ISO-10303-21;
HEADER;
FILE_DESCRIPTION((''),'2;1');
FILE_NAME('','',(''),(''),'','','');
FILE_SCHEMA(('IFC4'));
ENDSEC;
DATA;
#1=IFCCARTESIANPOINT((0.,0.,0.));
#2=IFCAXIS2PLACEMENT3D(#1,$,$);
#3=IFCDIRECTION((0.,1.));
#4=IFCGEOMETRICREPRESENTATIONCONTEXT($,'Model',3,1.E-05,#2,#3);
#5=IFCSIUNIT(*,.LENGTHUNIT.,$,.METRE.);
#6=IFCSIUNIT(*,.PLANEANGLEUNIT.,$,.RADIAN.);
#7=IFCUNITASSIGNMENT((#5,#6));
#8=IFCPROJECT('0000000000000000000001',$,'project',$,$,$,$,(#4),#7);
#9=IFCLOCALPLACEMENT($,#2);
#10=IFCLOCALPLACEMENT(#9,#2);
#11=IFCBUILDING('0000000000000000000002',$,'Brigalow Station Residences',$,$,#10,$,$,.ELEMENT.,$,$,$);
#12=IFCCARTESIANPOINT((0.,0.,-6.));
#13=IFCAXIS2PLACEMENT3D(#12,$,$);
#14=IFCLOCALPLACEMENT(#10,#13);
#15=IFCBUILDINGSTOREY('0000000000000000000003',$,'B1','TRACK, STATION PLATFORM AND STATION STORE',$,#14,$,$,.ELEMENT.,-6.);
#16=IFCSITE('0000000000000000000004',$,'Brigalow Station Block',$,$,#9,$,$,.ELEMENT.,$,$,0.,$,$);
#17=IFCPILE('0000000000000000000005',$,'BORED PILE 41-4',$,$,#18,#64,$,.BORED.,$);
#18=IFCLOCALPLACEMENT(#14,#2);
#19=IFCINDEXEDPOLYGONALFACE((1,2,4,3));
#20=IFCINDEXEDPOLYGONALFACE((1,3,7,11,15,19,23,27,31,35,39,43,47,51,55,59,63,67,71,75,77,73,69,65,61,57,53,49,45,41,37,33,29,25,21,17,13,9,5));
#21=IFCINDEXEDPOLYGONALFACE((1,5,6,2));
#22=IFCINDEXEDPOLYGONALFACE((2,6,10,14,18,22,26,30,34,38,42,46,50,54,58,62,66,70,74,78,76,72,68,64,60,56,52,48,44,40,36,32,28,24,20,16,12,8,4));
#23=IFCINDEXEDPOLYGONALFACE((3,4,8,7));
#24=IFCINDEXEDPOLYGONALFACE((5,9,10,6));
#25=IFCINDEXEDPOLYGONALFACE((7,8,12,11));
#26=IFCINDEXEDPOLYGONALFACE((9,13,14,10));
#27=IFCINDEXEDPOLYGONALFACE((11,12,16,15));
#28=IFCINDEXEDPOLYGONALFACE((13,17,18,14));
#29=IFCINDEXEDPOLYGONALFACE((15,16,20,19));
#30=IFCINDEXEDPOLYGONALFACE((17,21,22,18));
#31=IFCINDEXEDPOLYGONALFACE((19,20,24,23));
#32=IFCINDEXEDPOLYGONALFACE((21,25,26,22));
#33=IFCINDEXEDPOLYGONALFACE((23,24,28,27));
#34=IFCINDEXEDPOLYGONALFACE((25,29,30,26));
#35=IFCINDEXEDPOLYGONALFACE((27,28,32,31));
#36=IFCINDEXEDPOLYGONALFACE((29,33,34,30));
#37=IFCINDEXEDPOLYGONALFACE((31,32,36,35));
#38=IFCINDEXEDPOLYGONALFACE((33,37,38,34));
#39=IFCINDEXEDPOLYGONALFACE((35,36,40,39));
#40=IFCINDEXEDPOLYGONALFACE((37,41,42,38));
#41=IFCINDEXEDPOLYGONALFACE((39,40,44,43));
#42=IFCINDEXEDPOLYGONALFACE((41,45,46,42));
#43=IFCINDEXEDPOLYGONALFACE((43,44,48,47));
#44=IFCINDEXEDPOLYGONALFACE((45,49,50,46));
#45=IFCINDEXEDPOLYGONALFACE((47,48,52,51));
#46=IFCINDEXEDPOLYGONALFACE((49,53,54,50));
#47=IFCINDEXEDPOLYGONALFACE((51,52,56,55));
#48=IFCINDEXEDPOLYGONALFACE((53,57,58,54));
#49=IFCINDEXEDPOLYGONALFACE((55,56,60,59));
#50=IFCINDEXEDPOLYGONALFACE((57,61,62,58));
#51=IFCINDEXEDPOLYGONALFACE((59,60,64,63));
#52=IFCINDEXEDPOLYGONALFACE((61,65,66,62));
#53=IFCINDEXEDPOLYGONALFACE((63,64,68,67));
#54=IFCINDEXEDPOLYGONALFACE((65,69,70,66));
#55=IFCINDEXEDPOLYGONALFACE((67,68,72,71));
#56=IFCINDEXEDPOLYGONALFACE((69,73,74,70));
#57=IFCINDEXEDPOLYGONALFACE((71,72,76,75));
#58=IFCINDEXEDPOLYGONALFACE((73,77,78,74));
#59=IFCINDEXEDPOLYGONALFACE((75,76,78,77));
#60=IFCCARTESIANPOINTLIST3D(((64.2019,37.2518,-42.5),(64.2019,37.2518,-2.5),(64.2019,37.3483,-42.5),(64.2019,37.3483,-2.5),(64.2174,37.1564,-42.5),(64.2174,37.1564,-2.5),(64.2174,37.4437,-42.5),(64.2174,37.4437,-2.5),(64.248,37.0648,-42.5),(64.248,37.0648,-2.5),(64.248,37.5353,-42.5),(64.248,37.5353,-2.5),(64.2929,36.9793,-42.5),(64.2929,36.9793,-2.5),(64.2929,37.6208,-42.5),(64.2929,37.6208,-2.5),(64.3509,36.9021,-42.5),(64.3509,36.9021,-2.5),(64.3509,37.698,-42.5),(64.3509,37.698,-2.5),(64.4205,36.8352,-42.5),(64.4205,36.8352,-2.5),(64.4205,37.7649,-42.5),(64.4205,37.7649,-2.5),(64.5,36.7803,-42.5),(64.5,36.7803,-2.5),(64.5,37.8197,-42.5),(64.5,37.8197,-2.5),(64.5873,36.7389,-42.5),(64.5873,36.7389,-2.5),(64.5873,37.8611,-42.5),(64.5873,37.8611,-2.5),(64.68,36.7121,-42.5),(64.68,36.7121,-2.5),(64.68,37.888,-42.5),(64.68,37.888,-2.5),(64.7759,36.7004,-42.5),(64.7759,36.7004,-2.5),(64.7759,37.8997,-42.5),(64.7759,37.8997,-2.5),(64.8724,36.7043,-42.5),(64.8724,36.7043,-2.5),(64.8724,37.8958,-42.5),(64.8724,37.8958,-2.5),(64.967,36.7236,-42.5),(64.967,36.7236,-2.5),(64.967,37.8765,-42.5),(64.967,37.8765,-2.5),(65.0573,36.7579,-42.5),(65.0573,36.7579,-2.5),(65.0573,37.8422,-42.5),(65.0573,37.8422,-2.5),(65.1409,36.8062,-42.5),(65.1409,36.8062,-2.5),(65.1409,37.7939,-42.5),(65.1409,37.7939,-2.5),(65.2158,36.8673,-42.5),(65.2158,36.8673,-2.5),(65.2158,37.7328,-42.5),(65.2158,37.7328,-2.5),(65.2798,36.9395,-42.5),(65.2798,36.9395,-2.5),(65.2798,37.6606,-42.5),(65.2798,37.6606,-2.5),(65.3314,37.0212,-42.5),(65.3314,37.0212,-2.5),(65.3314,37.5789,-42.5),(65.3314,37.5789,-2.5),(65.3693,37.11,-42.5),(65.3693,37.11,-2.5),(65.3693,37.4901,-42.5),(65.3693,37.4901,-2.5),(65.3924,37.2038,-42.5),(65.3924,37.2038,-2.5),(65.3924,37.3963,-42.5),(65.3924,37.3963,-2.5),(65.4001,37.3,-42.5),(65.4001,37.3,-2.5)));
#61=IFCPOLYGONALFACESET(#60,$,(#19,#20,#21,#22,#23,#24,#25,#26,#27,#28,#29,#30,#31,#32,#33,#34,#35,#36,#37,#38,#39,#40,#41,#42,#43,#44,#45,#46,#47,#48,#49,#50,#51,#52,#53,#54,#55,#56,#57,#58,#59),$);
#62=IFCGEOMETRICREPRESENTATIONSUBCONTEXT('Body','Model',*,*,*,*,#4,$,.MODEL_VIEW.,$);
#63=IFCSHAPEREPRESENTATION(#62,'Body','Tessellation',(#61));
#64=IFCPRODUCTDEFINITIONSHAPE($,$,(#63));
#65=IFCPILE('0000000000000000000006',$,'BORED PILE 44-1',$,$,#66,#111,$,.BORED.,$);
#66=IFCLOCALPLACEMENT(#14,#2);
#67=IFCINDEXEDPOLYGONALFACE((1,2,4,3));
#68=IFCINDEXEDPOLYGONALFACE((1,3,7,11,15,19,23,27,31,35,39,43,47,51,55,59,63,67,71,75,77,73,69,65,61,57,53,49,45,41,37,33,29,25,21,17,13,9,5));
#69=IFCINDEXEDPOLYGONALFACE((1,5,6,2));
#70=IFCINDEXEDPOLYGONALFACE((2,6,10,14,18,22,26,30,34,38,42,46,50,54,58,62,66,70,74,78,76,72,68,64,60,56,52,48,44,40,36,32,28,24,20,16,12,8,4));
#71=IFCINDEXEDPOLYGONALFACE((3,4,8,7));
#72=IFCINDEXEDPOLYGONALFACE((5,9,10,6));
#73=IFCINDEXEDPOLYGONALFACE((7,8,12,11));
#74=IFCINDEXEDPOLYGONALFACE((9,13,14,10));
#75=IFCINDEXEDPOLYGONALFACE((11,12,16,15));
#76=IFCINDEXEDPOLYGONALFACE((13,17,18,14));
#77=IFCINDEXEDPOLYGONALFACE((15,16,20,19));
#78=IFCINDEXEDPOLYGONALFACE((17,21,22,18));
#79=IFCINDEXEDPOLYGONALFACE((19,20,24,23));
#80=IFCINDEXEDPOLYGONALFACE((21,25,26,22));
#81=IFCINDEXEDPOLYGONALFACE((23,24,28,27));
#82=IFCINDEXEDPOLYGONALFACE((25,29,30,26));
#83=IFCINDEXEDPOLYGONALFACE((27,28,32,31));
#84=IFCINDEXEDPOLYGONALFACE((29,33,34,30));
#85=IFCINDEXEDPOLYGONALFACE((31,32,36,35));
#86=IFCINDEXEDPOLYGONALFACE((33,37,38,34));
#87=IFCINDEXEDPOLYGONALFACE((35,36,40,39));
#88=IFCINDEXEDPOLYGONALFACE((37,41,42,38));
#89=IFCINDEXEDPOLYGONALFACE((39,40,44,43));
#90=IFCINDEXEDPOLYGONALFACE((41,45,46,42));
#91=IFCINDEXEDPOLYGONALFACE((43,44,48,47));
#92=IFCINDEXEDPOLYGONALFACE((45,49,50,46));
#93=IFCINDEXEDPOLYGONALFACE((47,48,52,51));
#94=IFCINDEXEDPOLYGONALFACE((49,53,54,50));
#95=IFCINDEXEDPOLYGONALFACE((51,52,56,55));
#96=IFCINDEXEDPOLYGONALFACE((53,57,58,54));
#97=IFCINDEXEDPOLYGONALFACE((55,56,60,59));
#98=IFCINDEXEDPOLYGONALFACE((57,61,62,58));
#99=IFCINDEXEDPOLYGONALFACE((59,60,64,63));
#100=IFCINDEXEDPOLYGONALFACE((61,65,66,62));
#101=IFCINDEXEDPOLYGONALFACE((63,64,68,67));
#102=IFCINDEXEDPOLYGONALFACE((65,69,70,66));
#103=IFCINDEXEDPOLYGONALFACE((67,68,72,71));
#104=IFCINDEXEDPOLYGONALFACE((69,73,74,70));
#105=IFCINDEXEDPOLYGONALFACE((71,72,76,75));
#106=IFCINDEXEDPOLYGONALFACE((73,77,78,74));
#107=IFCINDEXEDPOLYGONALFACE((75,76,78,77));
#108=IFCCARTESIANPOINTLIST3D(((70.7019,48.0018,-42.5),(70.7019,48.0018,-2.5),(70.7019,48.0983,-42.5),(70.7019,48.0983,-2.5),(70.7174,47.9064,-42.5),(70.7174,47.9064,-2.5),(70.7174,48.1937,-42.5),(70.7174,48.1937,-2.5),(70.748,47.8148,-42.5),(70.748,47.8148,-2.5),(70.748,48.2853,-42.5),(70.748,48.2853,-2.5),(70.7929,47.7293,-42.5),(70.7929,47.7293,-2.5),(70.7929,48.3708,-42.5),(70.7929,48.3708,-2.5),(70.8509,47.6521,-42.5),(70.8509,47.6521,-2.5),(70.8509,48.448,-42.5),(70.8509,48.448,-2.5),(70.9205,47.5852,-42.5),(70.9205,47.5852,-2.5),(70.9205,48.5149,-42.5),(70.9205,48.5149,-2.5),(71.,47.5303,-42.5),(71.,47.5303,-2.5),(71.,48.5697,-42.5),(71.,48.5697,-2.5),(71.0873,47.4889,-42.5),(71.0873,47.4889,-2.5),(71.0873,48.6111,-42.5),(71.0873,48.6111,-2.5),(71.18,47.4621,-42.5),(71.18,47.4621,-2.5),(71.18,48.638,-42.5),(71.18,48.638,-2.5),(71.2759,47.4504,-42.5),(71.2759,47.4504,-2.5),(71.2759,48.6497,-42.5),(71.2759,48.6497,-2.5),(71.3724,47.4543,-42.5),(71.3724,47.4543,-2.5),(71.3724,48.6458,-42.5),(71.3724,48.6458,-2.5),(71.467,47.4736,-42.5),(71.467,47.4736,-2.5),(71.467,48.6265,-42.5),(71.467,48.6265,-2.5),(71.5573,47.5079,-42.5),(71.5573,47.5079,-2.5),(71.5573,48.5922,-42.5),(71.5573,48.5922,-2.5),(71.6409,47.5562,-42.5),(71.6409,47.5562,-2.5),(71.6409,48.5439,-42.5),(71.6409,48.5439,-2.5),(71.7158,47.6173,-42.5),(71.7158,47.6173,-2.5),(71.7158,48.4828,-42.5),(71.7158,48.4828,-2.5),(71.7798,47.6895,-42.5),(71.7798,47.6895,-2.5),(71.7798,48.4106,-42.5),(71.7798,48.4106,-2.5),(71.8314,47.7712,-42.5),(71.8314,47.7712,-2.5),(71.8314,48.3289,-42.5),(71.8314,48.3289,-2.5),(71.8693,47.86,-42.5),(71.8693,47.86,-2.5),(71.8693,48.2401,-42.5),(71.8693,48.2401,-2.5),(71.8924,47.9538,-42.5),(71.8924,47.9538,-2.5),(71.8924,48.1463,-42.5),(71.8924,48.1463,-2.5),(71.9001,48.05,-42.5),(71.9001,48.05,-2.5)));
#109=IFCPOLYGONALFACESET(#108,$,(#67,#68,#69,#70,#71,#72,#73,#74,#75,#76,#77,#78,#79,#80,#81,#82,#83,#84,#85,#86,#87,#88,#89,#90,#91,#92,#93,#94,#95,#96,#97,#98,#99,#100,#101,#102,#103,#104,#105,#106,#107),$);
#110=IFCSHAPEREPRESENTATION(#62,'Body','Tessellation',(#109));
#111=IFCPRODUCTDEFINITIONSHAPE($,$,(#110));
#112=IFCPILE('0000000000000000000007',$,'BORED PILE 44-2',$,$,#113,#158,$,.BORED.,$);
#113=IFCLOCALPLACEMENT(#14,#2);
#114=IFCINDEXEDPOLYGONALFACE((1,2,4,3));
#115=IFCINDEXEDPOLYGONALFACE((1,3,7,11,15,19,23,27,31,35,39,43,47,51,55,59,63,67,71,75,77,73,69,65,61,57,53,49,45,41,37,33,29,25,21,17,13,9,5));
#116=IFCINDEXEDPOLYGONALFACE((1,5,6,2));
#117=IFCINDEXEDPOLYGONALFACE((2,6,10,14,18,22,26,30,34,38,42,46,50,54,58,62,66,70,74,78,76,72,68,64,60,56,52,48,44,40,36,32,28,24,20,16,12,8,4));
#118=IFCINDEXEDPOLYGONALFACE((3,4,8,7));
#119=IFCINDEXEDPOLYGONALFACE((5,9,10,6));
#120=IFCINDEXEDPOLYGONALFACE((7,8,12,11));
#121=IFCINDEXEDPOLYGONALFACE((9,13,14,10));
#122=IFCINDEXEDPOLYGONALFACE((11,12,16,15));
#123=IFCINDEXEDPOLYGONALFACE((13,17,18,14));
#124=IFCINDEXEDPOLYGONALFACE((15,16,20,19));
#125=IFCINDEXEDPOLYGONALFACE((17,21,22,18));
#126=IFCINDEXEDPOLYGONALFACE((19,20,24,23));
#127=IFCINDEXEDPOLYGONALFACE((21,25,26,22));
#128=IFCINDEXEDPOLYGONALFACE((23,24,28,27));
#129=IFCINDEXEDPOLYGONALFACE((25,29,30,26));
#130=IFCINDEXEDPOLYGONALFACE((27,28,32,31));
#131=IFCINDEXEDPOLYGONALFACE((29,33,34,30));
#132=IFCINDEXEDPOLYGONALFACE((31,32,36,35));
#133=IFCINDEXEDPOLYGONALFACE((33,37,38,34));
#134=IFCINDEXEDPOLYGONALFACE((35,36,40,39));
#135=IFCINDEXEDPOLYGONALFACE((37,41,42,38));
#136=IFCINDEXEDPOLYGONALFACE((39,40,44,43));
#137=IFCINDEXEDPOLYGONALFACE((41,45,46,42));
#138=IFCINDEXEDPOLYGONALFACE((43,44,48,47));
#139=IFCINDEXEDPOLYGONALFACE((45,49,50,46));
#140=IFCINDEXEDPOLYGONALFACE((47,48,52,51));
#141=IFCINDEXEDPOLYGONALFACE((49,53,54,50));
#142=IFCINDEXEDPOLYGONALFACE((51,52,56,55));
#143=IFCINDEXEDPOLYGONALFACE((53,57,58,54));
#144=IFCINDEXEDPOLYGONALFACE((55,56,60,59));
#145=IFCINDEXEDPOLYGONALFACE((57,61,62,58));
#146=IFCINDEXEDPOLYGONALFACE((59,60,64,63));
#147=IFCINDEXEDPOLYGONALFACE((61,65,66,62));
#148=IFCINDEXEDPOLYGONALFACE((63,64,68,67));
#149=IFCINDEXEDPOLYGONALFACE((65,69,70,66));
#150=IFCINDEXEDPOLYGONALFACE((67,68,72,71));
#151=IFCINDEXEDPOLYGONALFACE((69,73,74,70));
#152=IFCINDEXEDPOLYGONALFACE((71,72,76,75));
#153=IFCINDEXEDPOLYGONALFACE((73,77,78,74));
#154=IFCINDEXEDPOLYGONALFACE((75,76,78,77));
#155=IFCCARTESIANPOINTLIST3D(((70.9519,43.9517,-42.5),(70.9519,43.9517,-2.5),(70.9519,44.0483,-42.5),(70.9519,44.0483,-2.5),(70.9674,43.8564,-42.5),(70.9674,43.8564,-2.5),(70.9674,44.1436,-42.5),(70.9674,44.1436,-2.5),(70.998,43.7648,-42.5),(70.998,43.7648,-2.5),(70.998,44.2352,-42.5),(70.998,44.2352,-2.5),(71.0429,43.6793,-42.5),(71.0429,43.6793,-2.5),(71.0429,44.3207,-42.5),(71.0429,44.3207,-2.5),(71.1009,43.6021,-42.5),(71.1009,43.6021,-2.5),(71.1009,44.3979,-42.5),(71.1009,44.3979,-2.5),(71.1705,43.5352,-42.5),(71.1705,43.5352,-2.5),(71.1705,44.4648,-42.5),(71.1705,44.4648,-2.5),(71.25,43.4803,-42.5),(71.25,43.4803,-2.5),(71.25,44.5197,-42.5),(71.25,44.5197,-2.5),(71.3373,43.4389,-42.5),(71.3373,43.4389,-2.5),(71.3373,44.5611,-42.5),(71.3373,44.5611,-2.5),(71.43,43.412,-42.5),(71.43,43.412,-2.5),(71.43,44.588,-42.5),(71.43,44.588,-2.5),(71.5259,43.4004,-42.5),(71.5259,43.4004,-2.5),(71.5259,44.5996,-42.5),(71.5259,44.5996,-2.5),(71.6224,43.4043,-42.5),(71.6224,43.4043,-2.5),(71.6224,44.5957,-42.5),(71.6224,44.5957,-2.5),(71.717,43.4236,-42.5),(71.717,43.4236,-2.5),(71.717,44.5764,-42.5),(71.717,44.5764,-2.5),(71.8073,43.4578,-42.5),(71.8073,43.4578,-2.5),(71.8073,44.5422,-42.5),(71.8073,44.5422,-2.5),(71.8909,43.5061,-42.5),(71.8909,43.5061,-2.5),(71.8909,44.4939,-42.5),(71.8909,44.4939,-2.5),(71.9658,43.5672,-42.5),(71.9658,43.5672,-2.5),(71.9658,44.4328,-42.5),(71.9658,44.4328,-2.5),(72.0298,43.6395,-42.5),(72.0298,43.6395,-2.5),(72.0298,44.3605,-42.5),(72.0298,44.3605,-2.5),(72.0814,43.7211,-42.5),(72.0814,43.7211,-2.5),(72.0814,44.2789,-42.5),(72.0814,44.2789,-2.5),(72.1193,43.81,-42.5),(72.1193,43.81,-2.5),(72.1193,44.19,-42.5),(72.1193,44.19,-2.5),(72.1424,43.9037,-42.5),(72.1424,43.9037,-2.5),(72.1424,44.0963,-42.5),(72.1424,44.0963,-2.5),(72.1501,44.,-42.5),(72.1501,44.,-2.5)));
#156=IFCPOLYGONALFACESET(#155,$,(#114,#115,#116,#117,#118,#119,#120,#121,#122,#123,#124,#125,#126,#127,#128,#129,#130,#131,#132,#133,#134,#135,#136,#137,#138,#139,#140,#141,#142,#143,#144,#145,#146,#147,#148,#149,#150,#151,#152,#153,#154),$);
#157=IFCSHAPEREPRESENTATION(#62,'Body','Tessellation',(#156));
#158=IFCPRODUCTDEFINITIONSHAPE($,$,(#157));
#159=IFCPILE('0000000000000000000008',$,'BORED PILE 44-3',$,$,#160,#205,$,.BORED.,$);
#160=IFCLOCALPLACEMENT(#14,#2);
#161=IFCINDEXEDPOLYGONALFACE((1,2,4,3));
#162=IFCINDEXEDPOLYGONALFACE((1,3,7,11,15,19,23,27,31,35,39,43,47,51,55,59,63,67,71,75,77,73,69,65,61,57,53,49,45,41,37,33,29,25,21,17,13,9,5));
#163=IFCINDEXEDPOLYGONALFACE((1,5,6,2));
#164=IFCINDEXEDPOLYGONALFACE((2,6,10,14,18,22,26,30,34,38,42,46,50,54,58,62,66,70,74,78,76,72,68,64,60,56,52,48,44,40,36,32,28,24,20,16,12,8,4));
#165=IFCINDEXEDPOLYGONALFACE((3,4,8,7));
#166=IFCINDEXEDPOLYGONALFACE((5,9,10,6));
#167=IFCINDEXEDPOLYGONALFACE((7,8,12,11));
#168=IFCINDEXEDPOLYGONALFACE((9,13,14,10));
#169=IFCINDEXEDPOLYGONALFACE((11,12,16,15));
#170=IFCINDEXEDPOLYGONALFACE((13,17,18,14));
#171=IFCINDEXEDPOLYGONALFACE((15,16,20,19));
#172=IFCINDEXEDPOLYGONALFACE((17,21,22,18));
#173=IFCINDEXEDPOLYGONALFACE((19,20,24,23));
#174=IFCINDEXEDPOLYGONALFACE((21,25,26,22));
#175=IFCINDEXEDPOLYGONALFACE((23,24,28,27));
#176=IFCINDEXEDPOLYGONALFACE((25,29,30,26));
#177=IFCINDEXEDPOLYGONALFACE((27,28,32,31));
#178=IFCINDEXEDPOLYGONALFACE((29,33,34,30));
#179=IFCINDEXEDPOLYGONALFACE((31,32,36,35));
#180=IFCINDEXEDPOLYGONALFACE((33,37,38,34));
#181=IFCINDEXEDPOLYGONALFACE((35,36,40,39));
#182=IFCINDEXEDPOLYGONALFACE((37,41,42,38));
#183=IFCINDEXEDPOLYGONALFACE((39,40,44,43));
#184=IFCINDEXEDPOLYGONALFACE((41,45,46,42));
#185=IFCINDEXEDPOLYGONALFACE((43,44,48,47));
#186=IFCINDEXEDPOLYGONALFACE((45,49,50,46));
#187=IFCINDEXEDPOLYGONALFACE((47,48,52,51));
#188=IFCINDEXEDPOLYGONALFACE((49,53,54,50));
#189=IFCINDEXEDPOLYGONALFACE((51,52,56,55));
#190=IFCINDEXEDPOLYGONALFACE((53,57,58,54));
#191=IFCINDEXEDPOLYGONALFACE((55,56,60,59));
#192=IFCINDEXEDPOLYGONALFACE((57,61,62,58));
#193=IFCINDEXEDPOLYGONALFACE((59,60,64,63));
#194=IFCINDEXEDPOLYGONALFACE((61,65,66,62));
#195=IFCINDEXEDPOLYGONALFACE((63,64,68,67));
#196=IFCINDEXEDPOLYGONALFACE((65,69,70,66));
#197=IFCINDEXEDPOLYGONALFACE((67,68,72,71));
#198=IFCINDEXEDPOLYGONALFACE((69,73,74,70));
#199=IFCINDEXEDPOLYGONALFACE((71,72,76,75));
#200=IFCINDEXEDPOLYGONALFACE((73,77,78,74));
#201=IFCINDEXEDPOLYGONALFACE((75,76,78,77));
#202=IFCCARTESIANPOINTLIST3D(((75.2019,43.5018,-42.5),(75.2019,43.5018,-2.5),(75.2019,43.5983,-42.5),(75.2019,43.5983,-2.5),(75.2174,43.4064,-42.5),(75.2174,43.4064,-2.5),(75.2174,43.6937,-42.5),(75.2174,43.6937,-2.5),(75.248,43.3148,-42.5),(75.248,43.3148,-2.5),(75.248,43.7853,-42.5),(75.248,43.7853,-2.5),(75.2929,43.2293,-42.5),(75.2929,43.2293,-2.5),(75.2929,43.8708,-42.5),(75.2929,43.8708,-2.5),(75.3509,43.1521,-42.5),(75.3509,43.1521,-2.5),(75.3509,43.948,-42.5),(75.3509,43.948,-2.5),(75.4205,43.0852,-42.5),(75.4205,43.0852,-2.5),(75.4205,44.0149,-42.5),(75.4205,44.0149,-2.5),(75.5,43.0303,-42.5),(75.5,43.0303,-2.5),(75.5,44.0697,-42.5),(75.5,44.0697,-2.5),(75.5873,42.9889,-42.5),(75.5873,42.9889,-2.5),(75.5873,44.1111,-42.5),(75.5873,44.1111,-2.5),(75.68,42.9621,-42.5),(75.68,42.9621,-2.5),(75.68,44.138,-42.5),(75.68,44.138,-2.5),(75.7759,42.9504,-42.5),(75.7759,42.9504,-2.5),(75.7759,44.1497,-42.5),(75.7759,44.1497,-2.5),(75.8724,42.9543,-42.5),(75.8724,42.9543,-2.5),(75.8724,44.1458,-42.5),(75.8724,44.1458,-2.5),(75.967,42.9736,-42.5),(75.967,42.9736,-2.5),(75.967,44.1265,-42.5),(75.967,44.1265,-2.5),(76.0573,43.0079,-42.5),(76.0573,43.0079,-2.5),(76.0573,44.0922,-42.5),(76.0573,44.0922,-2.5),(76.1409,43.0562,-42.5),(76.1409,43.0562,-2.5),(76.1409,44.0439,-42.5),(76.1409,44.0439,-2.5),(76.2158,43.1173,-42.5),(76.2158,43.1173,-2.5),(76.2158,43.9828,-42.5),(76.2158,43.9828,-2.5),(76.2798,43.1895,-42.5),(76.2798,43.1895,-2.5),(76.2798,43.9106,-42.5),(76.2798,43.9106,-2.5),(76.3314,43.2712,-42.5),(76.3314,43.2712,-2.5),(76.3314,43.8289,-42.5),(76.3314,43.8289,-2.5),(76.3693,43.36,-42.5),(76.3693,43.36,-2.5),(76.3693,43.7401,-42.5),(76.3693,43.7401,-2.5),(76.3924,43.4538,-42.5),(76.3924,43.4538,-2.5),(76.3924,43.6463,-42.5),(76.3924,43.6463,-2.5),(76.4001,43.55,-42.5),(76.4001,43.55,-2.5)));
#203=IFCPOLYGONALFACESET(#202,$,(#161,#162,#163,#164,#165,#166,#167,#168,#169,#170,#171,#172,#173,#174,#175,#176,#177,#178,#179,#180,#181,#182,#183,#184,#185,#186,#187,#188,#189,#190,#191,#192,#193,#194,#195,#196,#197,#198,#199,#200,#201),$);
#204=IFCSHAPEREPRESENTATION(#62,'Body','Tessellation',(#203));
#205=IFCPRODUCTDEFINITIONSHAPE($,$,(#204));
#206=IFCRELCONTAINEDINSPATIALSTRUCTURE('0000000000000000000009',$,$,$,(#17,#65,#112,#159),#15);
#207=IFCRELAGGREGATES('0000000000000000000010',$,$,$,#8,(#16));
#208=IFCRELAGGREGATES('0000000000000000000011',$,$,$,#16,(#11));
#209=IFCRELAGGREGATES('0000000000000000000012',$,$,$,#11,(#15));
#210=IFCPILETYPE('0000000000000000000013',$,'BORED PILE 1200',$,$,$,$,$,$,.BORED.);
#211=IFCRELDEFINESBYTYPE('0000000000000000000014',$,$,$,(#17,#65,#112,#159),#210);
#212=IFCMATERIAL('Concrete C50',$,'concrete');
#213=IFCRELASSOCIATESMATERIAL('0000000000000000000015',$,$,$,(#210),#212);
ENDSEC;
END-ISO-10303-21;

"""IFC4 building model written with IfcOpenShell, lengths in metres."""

from ifc_helpers import new_model, si_unit, direction, frame, origin, origin_2d, place, context, subcontext, project, spatial, circle, extrude, material, material_profile, profile_set, type_object, element, save


model = new_model("IFC4")

# Units and contexts
model_context = context("Model", 3, precision=1e-05, world=origin(), true_north=direction((0.0, 1.0)))
body_context = subcontext(model_context, "Body", "Model", "MODEL_VIEW")
ifc_project = project(units=[si_unit("LENGTHUNIT", "METRE"), si_unit("PLANEANGLEUNIT", "RADIAN")], contexts=[model_context])

# Site, building, storey
site_placement = place(None, origin())
site = spatial("IfcSite", under=ifc_project, at=site_placement, Name="Brigalow Station Block", CompositionType="ELEMENT", RefElevation=0.0)
building_placement = place(site_placement, origin())
building = spatial("IfcBuilding", under=site, at=building_placement, Name="Brigalow Station Residences", CompositionType="ELEMENT")
storey_placement = place(building_placement, frame((0.0, 0.0, -6.0)))
storey = spatial("IfcBuildingStorey", under=building, at=storey_placement, Name="B1", Description="TRACK, STATION PLATFORM AND STATION STORE", CompositionType="ELEMENT", Elevation=-6.0)

# Piles
ifc_material_1 = material(Name="Concrete C50", Category="concrete")
ifc_material_profile_1 = material_profile(ifc_material_1, circle(Radius=0.6001, at=origin_2d()), Name="BP1200")
ifc_profile_set_1 = profile_set([ifc_material_profile_1], Name="Concrete C50")
pile_type_1 = type_object("IfcPileType", Name="BORED PILE 1200", PredefinedType="BORED", material=ifc_profile_set_1)
for number, where, z_axis, x_axis, name in (
    (1, (64.8, 37.3, -2.5), (0.0, 0.0, -1.0), (1.0, 0.0, 0.0), "BORED PILE 41-4"),
    (2, (71.3, 48.05, -2.5), (0.0, 0.0, -1.0), (1.0, 0.0, 0.0), "BORED PILE 44-1"),
    (3, (71.55, 44.0, -2.5), (0.0, 0.0, -1.0), (1.0, 0.0, 0.0), "BORED PILE 44-2"),
    (4, (75.8, 43.55, -2.5), (0.0, 0.0, -1.0), (1.0, 0.0, 0.0), "BORED PILE 44-3"),
):
    element("IfcPile", number, at=place(storey_placement, frame(where, z_axis=z_axis, x_axis=x_axis)), inside=storey, type_object=pile_type_1, Name=name, PredefinedType="BORED", context=body_context, shape_type="SweptSolid", body=[
        extrude(circle(Radius=0.6001, at=origin_2d()), origin(), (0.0, 0.0, 1.0), 40.0),
    ])

save(model, "model.ifc")
